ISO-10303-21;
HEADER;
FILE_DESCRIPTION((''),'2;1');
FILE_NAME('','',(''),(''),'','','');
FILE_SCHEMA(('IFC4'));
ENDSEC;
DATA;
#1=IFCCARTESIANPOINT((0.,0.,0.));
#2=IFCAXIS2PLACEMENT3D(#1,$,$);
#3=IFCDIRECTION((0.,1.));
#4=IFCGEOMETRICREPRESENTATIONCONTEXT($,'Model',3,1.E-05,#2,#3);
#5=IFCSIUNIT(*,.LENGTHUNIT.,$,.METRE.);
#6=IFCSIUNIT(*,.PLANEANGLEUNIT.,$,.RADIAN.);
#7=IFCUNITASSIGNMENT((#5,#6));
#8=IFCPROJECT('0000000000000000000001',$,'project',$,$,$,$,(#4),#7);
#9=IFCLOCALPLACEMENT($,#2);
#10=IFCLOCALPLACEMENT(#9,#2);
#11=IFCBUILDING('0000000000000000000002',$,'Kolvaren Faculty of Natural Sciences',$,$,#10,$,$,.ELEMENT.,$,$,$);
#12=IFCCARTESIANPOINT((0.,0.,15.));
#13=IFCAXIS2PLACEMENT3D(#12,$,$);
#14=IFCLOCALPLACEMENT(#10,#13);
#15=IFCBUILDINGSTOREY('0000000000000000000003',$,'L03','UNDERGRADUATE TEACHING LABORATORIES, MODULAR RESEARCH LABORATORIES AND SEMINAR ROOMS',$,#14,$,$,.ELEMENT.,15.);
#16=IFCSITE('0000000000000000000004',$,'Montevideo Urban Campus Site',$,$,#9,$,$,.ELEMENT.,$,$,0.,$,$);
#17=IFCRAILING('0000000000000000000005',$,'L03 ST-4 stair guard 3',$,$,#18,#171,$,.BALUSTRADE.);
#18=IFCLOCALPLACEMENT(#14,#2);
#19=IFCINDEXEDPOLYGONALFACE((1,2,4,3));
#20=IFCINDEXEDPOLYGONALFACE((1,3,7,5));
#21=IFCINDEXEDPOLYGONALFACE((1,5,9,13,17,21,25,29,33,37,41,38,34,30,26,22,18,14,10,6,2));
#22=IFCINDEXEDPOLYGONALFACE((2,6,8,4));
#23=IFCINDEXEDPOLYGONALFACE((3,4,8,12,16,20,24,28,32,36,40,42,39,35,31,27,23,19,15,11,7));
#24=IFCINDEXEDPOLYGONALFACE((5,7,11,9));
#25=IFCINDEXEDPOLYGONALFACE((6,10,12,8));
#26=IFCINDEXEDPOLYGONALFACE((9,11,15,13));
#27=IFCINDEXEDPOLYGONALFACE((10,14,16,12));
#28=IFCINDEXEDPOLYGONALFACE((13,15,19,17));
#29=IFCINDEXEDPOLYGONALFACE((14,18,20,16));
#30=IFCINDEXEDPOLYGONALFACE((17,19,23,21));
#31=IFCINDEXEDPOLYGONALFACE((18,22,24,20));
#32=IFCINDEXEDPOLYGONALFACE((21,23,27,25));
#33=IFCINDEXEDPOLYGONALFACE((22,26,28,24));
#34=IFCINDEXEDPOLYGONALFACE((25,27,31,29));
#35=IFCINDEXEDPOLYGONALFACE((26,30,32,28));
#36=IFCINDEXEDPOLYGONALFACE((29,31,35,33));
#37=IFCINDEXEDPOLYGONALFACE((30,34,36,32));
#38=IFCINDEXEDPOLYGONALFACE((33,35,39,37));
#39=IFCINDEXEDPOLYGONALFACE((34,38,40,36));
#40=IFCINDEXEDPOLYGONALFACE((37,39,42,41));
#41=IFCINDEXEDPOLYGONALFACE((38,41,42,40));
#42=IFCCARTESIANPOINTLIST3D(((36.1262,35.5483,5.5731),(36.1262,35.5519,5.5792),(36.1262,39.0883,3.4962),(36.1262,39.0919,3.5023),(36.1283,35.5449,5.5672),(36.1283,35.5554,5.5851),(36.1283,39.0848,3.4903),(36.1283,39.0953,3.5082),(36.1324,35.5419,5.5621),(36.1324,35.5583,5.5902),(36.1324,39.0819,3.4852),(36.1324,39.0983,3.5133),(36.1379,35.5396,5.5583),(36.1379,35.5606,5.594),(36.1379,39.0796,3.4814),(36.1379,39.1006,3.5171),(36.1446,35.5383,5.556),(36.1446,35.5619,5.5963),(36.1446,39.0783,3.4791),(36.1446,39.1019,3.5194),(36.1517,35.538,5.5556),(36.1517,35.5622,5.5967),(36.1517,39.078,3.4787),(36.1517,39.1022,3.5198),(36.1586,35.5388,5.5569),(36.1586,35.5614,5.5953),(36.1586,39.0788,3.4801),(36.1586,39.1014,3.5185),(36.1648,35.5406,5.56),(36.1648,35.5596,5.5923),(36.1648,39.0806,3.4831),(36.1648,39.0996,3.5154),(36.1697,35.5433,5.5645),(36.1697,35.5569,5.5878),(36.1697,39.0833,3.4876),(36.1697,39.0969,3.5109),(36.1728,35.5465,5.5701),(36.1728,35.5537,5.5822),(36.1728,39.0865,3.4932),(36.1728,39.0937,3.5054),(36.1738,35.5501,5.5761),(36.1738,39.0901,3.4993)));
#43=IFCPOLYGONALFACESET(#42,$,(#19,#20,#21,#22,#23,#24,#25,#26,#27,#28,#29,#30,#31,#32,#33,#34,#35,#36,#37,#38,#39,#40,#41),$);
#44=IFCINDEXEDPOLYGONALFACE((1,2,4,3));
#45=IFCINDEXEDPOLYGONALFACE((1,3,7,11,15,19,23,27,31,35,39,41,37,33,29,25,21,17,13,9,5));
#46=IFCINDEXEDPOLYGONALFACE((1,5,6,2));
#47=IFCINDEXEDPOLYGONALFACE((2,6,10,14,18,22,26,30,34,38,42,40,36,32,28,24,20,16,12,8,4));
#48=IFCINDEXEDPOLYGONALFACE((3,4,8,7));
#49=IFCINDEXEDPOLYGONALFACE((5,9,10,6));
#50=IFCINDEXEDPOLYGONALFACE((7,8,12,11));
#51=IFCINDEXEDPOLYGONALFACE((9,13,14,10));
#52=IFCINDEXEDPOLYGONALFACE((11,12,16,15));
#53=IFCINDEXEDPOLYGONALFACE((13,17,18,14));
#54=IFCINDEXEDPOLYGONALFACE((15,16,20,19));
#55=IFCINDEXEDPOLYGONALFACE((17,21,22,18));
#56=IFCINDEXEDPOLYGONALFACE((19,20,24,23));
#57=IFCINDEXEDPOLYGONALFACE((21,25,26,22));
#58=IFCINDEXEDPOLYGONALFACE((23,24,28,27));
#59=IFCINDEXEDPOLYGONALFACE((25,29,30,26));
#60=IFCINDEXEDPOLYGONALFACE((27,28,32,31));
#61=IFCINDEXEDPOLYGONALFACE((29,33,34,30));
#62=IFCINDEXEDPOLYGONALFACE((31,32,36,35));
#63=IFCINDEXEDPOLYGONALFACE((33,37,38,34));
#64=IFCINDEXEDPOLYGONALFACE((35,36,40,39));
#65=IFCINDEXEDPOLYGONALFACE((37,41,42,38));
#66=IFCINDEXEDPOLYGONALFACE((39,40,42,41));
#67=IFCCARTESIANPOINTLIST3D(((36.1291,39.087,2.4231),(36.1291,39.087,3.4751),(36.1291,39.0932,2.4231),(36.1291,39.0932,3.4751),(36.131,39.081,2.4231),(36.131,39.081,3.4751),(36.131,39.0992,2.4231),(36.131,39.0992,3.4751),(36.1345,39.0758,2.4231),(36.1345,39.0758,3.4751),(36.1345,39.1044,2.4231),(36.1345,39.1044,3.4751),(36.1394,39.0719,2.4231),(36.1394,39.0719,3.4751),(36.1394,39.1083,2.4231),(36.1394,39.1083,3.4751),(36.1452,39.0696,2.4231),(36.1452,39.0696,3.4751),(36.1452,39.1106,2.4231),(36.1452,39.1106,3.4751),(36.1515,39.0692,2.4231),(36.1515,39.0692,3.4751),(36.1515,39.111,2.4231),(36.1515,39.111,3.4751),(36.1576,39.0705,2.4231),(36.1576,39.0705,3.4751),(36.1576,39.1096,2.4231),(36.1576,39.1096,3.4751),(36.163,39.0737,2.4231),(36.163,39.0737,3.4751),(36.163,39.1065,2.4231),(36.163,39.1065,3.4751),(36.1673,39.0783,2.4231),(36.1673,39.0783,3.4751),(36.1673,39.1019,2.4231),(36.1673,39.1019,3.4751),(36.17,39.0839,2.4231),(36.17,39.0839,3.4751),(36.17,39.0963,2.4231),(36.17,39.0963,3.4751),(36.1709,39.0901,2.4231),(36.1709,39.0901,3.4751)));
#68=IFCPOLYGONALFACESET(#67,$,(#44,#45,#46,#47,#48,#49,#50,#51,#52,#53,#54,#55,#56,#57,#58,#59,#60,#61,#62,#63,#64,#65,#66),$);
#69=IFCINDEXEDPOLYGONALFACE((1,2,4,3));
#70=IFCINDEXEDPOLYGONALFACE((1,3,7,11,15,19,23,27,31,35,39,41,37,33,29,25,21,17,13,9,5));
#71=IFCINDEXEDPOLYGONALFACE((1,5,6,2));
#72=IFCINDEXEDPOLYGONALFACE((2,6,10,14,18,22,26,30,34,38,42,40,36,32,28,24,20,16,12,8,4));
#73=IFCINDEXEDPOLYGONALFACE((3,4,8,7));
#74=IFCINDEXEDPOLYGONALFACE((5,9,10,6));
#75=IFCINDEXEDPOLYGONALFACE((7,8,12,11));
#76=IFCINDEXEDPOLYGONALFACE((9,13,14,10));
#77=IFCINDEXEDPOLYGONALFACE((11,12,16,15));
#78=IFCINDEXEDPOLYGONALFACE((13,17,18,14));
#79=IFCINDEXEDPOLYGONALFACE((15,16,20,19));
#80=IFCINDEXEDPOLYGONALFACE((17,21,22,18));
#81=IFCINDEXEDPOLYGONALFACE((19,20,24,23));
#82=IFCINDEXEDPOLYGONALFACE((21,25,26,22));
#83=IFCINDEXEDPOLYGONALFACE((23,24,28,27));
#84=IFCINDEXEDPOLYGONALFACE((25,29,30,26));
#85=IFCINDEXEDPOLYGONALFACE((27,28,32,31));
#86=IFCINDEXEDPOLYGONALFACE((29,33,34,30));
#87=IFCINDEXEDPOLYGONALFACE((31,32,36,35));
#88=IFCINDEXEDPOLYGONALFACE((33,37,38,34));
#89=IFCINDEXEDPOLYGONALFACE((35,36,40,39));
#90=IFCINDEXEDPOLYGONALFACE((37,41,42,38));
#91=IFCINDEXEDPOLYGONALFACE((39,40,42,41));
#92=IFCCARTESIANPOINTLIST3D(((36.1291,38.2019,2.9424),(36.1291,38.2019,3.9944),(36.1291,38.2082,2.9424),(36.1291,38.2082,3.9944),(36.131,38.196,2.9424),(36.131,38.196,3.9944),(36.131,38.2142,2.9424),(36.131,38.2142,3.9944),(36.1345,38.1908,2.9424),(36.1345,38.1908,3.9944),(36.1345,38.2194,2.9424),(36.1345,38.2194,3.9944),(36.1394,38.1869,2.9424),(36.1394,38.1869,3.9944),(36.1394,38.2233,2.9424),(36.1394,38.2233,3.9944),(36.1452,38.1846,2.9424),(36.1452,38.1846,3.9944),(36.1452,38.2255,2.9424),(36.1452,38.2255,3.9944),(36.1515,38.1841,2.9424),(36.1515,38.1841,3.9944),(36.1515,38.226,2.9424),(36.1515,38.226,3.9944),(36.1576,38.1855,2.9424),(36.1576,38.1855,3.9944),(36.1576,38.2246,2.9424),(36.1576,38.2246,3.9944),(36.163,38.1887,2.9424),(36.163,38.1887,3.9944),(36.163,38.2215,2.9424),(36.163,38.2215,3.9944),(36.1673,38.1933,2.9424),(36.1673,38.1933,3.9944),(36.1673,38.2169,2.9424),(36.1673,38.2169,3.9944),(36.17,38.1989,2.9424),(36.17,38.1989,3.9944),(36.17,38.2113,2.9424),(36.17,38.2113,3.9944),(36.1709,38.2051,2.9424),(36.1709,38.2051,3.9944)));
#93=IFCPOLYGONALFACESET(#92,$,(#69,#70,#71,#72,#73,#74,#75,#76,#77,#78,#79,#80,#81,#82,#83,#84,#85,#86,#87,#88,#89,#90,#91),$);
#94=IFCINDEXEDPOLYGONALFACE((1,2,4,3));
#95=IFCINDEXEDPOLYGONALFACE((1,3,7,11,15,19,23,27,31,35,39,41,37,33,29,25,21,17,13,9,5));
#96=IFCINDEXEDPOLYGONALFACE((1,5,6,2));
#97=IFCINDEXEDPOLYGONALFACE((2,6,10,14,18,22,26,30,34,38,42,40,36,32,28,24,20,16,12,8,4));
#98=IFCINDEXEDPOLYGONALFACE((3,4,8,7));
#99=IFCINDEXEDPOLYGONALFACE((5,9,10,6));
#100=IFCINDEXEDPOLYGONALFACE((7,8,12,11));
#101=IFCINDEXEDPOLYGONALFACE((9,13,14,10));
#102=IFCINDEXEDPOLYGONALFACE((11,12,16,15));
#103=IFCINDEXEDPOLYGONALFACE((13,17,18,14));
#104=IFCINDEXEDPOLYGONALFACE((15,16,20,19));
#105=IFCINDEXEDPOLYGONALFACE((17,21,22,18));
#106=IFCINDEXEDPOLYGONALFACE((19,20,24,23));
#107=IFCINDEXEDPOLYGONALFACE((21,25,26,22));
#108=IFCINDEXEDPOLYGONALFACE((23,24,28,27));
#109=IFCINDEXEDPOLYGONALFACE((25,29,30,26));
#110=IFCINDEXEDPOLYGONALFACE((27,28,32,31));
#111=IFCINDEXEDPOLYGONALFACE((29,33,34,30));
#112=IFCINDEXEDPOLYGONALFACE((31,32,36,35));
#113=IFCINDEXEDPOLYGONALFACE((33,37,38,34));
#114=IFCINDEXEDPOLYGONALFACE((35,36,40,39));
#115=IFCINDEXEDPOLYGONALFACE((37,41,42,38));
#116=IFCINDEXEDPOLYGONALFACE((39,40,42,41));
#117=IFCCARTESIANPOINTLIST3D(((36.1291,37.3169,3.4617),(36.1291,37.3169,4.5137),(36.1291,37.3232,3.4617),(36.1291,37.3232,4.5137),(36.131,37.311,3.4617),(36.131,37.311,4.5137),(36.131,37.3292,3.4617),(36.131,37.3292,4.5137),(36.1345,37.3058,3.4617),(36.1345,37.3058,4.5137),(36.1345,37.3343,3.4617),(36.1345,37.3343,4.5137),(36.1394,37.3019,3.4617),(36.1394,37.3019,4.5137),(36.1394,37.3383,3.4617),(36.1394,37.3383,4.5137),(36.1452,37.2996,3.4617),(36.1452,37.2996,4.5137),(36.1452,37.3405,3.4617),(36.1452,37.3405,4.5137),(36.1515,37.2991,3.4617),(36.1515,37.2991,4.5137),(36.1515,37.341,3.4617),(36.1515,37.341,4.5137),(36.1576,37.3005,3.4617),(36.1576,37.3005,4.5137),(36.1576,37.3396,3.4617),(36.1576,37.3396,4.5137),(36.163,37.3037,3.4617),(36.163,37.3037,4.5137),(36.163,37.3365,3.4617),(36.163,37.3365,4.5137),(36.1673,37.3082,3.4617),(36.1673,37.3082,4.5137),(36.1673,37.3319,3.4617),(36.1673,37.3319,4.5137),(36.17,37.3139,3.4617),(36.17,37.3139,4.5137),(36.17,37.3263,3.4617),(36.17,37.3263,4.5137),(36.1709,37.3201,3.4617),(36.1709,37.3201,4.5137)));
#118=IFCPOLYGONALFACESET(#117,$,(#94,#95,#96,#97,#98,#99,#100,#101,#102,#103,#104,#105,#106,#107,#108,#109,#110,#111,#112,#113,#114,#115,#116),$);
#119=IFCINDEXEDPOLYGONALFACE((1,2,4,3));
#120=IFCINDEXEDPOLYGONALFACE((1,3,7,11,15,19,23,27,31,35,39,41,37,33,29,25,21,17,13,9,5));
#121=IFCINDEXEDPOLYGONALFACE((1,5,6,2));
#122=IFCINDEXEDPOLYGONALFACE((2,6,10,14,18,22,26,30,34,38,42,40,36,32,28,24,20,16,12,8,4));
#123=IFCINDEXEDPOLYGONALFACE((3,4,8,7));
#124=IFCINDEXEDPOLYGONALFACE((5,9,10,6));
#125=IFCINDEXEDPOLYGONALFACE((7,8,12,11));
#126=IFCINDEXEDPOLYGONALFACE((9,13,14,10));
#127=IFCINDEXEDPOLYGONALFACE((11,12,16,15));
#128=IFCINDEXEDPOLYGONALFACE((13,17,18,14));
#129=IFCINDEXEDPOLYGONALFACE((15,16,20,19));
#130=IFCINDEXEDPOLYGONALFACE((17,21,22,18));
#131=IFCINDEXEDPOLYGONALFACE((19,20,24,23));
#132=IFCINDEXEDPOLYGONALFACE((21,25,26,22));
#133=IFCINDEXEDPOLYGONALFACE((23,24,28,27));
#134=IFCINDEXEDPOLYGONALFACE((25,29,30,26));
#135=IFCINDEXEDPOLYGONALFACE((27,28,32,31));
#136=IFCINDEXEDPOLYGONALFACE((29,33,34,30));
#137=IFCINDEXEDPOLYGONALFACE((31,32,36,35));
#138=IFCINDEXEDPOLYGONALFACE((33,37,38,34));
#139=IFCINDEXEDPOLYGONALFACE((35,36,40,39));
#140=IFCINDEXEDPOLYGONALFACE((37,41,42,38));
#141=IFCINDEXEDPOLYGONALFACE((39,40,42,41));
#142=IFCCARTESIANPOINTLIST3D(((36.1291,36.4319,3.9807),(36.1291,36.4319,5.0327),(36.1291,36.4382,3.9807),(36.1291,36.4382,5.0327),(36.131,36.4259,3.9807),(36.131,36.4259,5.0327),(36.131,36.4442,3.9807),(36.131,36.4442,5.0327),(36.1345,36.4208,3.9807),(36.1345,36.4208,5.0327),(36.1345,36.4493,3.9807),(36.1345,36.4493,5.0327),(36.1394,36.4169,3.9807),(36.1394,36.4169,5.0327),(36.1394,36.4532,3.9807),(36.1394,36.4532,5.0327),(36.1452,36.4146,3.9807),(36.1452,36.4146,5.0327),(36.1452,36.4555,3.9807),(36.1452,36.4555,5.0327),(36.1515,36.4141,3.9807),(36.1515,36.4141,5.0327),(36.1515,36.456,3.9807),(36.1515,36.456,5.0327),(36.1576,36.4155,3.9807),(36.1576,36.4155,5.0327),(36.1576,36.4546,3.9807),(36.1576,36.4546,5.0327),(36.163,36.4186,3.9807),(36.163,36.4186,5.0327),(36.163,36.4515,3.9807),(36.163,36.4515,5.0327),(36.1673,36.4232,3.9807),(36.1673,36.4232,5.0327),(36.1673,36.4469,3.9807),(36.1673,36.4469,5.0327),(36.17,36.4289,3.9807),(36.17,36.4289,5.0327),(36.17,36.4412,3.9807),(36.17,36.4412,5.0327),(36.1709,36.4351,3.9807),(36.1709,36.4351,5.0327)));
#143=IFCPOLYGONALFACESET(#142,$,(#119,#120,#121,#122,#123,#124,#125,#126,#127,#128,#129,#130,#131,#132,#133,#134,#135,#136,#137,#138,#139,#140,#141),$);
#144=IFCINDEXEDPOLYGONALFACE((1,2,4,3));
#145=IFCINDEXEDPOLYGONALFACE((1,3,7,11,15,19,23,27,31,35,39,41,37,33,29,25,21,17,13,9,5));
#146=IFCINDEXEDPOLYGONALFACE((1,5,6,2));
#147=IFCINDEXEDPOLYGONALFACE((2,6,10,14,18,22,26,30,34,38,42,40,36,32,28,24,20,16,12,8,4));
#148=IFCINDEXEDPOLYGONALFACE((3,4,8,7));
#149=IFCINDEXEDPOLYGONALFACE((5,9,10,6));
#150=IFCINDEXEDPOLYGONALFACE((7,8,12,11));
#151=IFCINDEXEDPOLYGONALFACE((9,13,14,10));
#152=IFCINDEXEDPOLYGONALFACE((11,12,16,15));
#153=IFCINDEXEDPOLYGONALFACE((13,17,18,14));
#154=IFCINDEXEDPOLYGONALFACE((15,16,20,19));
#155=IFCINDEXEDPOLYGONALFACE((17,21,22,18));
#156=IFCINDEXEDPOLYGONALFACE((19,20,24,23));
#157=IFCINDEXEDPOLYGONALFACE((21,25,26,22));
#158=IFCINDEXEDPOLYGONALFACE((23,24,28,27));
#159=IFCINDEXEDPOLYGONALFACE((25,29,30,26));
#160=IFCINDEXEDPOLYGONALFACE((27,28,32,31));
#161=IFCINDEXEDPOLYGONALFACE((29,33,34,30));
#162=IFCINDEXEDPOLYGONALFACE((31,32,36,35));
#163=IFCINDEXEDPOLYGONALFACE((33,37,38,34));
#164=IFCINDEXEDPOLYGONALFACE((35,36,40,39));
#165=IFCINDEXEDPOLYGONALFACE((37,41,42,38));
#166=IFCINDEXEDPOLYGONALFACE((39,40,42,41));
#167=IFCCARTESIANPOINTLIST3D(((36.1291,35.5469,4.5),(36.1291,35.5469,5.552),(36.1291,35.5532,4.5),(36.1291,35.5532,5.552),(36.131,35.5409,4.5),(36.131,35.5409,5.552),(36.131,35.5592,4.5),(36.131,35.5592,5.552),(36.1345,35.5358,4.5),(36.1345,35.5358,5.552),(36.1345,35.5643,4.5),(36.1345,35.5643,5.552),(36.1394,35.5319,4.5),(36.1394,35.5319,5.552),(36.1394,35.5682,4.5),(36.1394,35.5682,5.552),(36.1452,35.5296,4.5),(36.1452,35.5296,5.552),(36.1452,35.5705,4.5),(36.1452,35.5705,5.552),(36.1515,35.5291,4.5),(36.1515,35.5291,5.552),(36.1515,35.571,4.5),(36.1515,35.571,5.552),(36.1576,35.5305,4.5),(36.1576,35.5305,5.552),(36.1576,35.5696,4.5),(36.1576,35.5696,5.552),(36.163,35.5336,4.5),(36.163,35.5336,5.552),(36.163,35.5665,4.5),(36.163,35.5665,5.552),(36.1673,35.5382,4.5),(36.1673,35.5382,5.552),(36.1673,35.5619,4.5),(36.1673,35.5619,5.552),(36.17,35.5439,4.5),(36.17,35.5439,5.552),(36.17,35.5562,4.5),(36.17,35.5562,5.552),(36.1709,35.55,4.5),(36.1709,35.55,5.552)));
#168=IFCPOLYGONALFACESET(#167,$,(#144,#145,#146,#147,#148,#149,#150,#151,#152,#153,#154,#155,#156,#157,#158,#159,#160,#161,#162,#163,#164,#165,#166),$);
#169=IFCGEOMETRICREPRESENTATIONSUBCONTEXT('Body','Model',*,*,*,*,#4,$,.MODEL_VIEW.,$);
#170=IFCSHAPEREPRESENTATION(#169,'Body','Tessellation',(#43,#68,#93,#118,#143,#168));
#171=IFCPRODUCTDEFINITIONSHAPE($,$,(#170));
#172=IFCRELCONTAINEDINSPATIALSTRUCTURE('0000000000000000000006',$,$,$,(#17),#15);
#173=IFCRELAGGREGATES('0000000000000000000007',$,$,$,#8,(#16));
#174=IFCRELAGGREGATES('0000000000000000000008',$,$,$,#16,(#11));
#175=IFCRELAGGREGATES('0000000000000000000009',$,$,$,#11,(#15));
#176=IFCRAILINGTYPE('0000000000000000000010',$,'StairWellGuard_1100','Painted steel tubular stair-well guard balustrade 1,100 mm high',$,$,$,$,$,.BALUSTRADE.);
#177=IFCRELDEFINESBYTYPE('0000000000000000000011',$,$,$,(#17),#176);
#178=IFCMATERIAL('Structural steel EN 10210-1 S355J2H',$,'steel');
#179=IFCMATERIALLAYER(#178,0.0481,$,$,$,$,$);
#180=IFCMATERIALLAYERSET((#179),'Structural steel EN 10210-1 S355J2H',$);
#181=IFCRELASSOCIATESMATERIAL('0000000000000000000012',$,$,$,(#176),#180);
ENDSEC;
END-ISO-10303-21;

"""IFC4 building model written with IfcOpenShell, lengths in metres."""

from ifc_helpers import new_model, si_unit, direction, frame, origin, origin_2d, place, context, subcontext, project, spatial, circle, extrude, material, layer, layer_set, type_object, element, save


model = new_model("IFC4")

# Units and contexts
model_context = context("Model", 3, precision=1e-05, world=origin(), true_north=direction((0.0, 1.0)))
body_context = subcontext(model_context, "Body", "Model", "MODEL_VIEW")
ifc_project = project(units=[si_unit("LENGTHUNIT", "METRE"), si_unit("PLANEANGLEUNIT", "RADIAN")], contexts=[model_context])

# Site, building, storey
site_placement = place(None, origin())
site = spatial("IfcSite", under=ifc_project, at=site_placement, Name="Montevideo Urban Campus Site", CompositionType="ELEMENT", RefElevation=0.0)
building_placement = place(site_placement, origin())
building = spatial("IfcBuilding", under=site, at=building_placement, Name="Kolvaren Faculty of Natural Sciences", CompositionType="ELEMENT")
storey_placement = place(building_placement, frame((0.0, 0.0, 15.0)))
storey = spatial("IfcBuildingStorey", under=building, at=storey_placement, Name="L03", Description="UNDERGRADUATE TEACHING LABORATORIES, MODULAR RESEARCH LABORATORIES AND SEMINAR ROOMS", CompositionType="ELEMENT", Elevation=15.0)

# Railing
ifc_material_1 = material(Name="Structural steel EN 10210-1 S355J2H", Category="steel")
ifc_layer_1 = layer(ifc_material_1, 0.0481)
ifc_layer_set_1 = layer_set([ifc_layer_1], Name="Structural steel EN 10210-1 S355J2H")
railing_type_1 = type_object("IfcRailingType", Name="StairWellGuard_1100", Description="Painted steel tubular stair-well guard balustrade 1,100 mm high", PredefinedType="BALUSTRADE", material=ifc_layer_set_1)
railing_1_placement = place(storey_placement, frame((36.1499, 39.0901, 2.4231)))
element("IfcRailing", 1, at=railing_1_placement, inside=storey, type_object=railing_type_1, Name="L03 ST-4 stair guard 3", PredefinedType="BALUSTRADE", context=body_context, shape_type="SweptSolid", body=[
    extrude(circle(Radius=0.0239, at=origin_2d()), frame((0.0, 0.0, 1.0762), z_axis=(0.0, -0.862516, 0.506029), x_axis=(1.0, 0.0, 0.0)), (0.0, 0.0, 1.0), 4.1042),
    extrude(circle(Radius=0.021, at=origin_2d()), origin(), (0.0, 0.0, 1.0), 1.052),
    extrude(circle(Radius=0.021, at=origin_2d()), frame((0.0, -0.885, 0.5193)), (0.0, 0.0, 1.0), 1.052),
    extrude(circle(Radius=0.021, at=origin_2d()), frame((0.0, -1.77, 1.0386)), (0.0, 0.0, 1.0), 1.052),
    extrude(circle(Radius=0.021, at=origin_2d()), frame((0.0, -2.655, 1.5576)), (0.0, 0.0, 1.0), 1.052),
    extrude(circle(Radius=0.021, at=origin_2d()), frame((0.0, -3.54, 2.0769)), (0.0, 0.0, 1.0), 1.052),
])

save(model, "model.ifc")
